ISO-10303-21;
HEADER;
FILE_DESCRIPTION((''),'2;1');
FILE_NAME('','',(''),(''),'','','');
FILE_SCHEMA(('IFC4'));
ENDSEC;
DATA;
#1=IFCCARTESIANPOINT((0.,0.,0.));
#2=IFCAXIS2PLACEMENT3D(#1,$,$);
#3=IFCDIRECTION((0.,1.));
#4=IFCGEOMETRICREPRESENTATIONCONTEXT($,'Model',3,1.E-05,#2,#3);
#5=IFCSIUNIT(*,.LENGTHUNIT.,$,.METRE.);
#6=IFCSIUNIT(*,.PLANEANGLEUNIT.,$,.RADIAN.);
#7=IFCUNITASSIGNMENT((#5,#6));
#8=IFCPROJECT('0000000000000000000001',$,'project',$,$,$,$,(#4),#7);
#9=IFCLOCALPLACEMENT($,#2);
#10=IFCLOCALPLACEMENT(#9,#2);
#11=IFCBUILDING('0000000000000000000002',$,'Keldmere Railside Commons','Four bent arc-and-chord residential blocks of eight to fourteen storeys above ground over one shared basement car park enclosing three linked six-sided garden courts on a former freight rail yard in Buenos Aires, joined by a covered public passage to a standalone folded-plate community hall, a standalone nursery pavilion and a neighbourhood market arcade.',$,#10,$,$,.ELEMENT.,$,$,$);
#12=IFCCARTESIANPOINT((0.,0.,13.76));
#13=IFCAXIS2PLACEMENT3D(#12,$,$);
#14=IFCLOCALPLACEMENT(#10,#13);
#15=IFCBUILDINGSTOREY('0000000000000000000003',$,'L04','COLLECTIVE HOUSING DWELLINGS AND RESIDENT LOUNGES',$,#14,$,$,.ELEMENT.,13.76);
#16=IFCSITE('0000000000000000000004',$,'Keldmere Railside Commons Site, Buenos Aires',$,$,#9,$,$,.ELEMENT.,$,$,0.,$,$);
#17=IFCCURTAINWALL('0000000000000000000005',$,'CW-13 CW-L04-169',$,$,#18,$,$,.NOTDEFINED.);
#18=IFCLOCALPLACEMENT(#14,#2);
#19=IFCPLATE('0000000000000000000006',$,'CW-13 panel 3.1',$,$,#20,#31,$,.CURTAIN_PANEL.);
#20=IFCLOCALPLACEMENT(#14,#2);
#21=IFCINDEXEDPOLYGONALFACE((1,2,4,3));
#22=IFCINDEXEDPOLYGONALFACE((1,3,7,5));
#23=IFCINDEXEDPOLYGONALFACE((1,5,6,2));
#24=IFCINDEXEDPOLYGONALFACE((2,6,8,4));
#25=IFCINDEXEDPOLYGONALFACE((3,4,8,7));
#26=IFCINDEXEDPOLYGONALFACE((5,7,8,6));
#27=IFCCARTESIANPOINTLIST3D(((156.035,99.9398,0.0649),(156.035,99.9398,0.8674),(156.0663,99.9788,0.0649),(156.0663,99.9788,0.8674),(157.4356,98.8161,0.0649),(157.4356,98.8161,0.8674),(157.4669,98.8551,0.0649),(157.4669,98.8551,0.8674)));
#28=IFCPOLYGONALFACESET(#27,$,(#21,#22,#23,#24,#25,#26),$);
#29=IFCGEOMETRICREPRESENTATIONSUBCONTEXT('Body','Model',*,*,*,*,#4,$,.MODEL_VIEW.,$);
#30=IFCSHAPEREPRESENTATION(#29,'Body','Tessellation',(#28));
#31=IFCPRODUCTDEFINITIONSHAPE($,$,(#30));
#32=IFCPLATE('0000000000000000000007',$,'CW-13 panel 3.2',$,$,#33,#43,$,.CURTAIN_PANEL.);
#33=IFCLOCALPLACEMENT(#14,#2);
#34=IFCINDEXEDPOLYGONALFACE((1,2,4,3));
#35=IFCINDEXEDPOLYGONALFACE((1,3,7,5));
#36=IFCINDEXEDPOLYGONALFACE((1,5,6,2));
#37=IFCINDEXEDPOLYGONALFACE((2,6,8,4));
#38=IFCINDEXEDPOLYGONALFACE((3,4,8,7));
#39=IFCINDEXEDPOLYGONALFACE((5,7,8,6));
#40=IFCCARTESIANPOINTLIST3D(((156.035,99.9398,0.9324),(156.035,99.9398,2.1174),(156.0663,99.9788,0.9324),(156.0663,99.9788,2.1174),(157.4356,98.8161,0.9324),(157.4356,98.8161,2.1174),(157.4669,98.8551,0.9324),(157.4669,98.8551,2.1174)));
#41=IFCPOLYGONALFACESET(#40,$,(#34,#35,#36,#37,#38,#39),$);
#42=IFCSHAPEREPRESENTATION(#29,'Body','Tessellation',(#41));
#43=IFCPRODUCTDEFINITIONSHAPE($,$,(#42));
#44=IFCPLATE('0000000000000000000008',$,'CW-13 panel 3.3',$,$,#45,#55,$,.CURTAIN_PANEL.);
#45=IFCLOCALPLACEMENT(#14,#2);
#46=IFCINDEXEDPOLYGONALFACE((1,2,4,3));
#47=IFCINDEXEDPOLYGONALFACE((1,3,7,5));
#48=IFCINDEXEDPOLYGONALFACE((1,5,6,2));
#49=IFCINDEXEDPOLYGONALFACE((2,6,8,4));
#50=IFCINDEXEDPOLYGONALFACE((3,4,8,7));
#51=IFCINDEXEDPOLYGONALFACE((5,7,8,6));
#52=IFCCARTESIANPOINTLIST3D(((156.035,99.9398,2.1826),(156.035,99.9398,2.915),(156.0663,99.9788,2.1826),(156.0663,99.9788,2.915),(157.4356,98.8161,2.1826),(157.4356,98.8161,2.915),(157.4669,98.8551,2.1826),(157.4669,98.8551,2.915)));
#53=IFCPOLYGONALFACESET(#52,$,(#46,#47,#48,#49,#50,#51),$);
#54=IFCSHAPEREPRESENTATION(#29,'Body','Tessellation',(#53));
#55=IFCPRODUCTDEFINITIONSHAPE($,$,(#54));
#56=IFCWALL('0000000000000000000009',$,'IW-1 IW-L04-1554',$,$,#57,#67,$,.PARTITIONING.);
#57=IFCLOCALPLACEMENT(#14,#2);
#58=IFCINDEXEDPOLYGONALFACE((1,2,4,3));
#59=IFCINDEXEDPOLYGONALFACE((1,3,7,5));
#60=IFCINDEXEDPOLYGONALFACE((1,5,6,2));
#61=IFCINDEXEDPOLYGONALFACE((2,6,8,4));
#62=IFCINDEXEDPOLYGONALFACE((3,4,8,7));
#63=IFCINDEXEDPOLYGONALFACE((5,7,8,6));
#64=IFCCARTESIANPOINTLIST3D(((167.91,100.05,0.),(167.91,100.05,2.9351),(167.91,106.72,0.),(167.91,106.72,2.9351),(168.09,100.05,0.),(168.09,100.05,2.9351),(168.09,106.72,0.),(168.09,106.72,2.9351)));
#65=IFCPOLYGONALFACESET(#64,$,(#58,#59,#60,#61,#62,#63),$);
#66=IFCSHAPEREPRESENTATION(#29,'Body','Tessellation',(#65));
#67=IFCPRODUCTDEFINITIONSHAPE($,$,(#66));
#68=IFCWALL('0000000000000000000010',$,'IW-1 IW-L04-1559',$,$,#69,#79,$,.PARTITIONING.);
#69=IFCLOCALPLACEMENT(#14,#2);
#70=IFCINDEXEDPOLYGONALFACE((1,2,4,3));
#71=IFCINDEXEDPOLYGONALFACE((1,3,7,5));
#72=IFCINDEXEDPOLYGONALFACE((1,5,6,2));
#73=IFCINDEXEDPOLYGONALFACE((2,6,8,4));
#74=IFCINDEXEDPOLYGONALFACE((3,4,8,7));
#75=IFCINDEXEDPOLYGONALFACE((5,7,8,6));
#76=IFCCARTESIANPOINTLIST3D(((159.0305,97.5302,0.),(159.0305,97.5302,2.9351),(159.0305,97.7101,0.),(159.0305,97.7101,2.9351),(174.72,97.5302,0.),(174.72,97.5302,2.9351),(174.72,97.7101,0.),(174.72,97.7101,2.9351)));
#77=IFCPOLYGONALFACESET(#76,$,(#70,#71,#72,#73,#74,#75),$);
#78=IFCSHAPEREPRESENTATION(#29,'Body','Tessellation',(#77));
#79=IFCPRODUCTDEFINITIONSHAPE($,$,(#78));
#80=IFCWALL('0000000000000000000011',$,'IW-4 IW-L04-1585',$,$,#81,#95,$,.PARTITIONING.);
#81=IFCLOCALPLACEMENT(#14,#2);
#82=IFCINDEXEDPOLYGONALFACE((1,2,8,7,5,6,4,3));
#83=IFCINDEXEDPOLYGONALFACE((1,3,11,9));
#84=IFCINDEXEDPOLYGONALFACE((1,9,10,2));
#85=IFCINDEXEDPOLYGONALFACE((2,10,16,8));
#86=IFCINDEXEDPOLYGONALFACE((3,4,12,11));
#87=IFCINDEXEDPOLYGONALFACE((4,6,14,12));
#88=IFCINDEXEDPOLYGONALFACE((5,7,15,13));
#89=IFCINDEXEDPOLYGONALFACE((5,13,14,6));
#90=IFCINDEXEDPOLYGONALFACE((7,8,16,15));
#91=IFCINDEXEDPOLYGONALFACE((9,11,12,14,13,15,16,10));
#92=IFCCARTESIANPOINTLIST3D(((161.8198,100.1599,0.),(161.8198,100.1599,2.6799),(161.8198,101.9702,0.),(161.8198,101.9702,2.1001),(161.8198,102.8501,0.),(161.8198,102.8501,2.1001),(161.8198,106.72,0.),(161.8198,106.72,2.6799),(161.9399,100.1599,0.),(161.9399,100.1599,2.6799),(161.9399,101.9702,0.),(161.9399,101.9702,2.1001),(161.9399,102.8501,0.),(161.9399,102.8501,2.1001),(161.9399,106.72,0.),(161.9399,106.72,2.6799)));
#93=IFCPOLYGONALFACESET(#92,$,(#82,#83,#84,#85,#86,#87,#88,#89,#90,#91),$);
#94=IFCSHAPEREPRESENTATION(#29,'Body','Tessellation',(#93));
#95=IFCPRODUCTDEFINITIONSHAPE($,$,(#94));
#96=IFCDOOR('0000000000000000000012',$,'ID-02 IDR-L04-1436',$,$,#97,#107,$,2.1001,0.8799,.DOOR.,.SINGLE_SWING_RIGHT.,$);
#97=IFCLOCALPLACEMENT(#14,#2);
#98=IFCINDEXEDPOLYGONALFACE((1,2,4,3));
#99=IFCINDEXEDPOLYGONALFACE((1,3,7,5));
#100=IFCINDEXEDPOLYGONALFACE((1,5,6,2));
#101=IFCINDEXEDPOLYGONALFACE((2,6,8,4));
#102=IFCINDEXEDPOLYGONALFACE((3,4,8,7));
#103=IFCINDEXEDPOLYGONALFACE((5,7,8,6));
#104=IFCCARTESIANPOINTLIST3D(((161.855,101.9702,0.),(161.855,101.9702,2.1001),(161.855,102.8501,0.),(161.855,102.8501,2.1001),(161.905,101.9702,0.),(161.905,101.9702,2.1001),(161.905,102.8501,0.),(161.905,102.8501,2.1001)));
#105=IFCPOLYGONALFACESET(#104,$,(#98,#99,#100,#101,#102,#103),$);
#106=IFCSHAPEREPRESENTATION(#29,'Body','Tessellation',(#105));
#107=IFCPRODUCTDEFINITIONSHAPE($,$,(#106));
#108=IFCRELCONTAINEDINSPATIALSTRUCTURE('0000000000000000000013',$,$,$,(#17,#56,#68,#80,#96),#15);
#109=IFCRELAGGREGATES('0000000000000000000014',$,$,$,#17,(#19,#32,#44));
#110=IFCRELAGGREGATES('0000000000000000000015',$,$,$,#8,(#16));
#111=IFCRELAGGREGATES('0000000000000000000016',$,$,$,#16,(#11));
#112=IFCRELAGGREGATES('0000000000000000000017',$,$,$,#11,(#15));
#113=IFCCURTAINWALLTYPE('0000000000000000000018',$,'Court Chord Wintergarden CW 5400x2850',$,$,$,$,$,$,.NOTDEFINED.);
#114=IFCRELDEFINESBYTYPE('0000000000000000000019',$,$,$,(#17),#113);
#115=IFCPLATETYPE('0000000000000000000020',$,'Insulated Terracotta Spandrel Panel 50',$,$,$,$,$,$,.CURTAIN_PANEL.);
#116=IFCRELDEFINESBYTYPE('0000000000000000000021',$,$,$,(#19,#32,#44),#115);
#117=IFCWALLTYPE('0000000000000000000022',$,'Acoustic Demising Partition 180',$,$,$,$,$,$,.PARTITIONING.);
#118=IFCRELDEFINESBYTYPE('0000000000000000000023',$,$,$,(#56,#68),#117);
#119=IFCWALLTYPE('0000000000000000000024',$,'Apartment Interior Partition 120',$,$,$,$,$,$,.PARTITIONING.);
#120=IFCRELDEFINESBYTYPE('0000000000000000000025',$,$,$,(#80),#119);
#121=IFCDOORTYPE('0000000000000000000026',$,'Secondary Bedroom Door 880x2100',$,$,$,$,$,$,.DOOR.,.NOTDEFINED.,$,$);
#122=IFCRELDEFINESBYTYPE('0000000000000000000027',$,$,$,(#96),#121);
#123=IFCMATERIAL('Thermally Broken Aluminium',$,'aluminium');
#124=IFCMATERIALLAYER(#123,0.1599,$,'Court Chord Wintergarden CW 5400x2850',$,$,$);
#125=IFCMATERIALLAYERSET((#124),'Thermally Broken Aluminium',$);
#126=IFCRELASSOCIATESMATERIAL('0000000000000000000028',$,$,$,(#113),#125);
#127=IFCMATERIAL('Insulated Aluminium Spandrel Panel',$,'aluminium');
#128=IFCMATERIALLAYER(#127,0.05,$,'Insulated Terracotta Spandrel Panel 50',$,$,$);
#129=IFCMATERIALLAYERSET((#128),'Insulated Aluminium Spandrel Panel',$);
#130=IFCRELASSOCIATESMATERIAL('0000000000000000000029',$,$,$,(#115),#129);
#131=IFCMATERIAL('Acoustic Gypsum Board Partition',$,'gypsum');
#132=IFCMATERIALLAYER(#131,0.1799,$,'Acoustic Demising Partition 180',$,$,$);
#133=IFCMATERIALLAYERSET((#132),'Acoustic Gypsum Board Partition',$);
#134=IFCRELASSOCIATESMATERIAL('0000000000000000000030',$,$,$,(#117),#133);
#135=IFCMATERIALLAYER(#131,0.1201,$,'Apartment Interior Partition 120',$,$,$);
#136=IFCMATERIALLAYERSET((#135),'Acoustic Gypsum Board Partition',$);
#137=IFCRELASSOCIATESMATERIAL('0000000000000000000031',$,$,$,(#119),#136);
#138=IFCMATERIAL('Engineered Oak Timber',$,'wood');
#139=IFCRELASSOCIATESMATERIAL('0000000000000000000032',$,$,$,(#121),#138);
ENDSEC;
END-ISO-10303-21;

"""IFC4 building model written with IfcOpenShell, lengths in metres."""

from ifc_helpers import new_model, si_unit, direction, frame, frame_2d, origin, origin_2d, place, context, subcontext, project, spatial, rectangle, extrude, material, layer, layer_set, type_object, element, fill, aggregate, save


model = new_model("IFC4")

# Units and contexts
model_context = context("Model", 3, precision=1e-05, world=origin(), true_north=direction((0.0, 1.0)))
body_context = subcontext(model_context, "Body", "Model", "MODEL_VIEW")
ifc_project = project(units=[si_unit("LENGTHUNIT", "METRE"), si_unit("PLANEANGLEUNIT", "RADIAN")], contexts=[model_context])

# Site, building, storey
site_placement = place(None, origin())
site = spatial("IfcSite", under=ifc_project, at=site_placement, Name="Keldmere Railside Commons Site, Buenos Aires", CompositionType="ELEMENT", RefElevation=0.0)
building_placement = place(site_placement, origin())
building = spatial("IfcBuilding", under=site, at=building_placement, Name="Keldmere Railside Commons", Description="Four bent arc-and-chord residential blocks of eight to fourteen storeys above ground over one shared basement car park enclosing three linked six-sided garden courts on a former freight rail yard in Buenos Aires, joined by a covered public passage to a standalone folded-plate community hall, a standalone nursery pavilion and a neighbourhood market arcade.", CompositionType="ELEMENT")
storey_placement = place(building_placement, frame((0.0, 0.0, 13.76)))
storey = spatial("IfcBuildingStorey", under=building, at=storey_placement, Name="L04", Description="COLLECTIVE HOUSING DWELLINGS AND RESIDENT LOUNGES", CompositionType="ELEMENT", Elevation=13.76)

# Curtain wall, plates
ifc_material_1 = material(Name="Thermally Broken Aluminium", Category="aluminium")
ifc_layer_1 = layer(ifc_material_1, 0.1599, Name="Court Chord Wintergarden CW 5400x2850")
ifc_layer_set_1 = layer_set([ifc_layer_1], Name="Thermally Broken Aluminium")
curtain_wall_type = type_object("IfcCurtainWallType", Name="Court Chord Wintergarden CW 5400x2850", PredefinedType="NOTDEFINED", material=ifc_layer_set_1)
curtain_wall_placement = place(storey_placement, origin())
curtain_wall = element("IfcCurtainWall", 1, at=curtain_wall_placement, inside=storey, type_object=curtain_wall_type, Name="CW-13 CW-L04-169", PredefinedType="NOTDEFINED")
ifc_material_2 = material(Name="Insulated Aluminium Spandrel Panel", Category="aluminium")
ifc_layer_2 = layer(ifc_material_2, 0.05, Name="Insulated Terracotta Spandrel Panel 50")
ifc_layer_set_2 = layer_set([ifc_layer_2], Name="Insulated Aluminium Spandrel Panel")
plate_type = type_object("IfcPlateType", Name="Insulated Terracotta Spandrel Panel 50", PredefinedType="CURTAIN_PANEL", material=ifc_layer_set_2)
plate_1_placement = place(storey_placement, frame((156.751, 99.3975, 0.0649), z_axis=(0.0, 0.0, 1.0), x_axis=(-0.780009, 0.625768, 0.0)))
plate_1 = element("IfcPlate", 2, at=plate_1_placement, type_object=plate_type, Name="CW-13 panel 3.1", PredefinedType="CURTAIN_PANEL", context=body_context, shape_type="SweptSolid", body=[
    extrude(rectangle(XDim=1.7957, YDim=0.05, at=origin_2d()), origin(), (0.0, 0.0, 1.0), 0.8025),
])
plate_2_placement = place(storey_placement, frame((156.751, 99.3975, 0.9324), z_axis=(0.0, 0.0, 1.0), x_axis=(-0.780009, 0.625768, 0.0)))
plate_2 = element("IfcPlate", 3, at=plate_2_placement, type_object=plate_type, Name="CW-13 panel 3.2", PredefinedType="CURTAIN_PANEL", context=body_context, shape_type="SweptSolid", body=[
    extrude(rectangle(XDim=1.7957, YDim=0.05, at=origin_2d()), origin(), (0.0, 0.0, 1.0), 1.1851),
])
plate_3_placement = place(storey_placement, frame((156.751, 99.3975, 2.1826), z_axis=(0.0, 0.0, 1.0), x_axis=(-0.780009, 0.625768, 0.0)))
plate_3 = element("IfcPlate", 4, at=plate_3_placement, type_object=plate_type, Name="CW-13 panel 3.3", PredefinedType="CURTAIN_PANEL", context=body_context, shape_type="SweptSolid", body=[
    extrude(rectangle(XDim=1.7957, YDim=0.05, at=origin_2d()), origin(), (0.0, 0.0, 1.0), 0.7324),
])
aggregate(curtain_wall, [plate_1, plate_2, plate_3])

# Walls
ifc_material_3 = material(Name="Acoustic Gypsum Board Partition", Category="gypsum")
ifc_layer_3 = layer(ifc_material_3, 0.1799, Name="Acoustic Demising Partition 180")
ifc_layer_set_3 = layer_set([ifc_layer_3], Name="Acoustic Gypsum Board Partition")
wall_type_1 = type_object("IfcWallType", Name="Acoustic Demising Partition 180", PredefinedType="PARTITIONING", material=ifc_layer_set_3)
wall_1_placement = place(storey_placement, frame((168.0, 100.05, 0.0), z_axis=(0.0, 0.0, 1.0), x_axis=(0.0, 1.0, 0.0)))
element("IfcWall", 5, at=wall_1_placement, inside=storey, type_object=wall_type_1, Name="IW-1 IW-L04-1554", PredefinedType="PARTITIONING", context=body_context, shape_type="SweptSolid", body=[
    extrude(rectangle(XDim=6.6699, YDim=0.1799, at=frame_2d((3.335, 0.0))), origin(), (0.0, 0.0, 1.0), 2.9351),
])
wall_2_placement = place(storey_placement, frame((159.0305, 97.6201, 0.0), z_axis=(0.0, 0.0, 1.0), x_axis=(1.0, 0.0, 0.0)))
element("IfcWall", 6, at=wall_2_placement, inside=storey, type_object=wall_type_1, Name="IW-1 IW-L04-1559", PredefinedType="PARTITIONING", context=body_context, shape_type="SweptSolid", body=[
    extrude(rectangle(XDim=15.6895, YDim=0.1799, at=frame_2d((7.8447, 0.0))), origin(), (0.0, 0.0, 1.0), 2.9351),
])

# Wall, opening, door
ifc_layer_4 = layer(ifc_material_3, 0.1201, Name="Apartment Interior Partition 120")
ifc_layer_set_4 = layer_set([ifc_layer_4], Name="Acoustic Gypsum Board Partition")
wall_type_2 = type_object("IfcWallType", Name="Apartment Interior Partition 120", PredefinedType="PARTITIONING", material=ifc_layer_set_4)
wall_3_placement = place(storey_placement, frame((161.8799, 100.1599, 0.0), z_axis=(0.0, 0.0, 1.0), x_axis=(0.0, 1.0, 0.0)))
wall_3 = element("IfcWall", 7, at=wall_3_placement, inside=storey, type_object=wall_type_2, Name="IW-4 IW-L04-1585", PredefinedType="PARTITIONING", context=body_context, shape_type="SweptSolid", body=[
    extrude(rectangle(XDim=6.5601, YDim=0.1201, at=frame_2d((3.28, 0.0))), origin(), (0.0, 0.0, 1.0), 2.6799),
])
opening_placement = place(wall_3_placement, frame((1.8103, 0.0, 0.0)))
opening = element("IfcOpeningElement", 8, at=opening_placement, cuts=wall_3, PredefinedType="OPENING", context=body_context, shape_type="SweptSolid", body=[
    extrude(rectangle(XDim=0.8799, YDim=2.1001, at=frame_2d((0.4399, 1.05))), frame((0.0, 0.0701, 0.0), z_axis=(0.0, -1.0, 0.0), x_axis=(1.0, 0.0, 0.0)), (0.0, 0.0, 1.0), 0.1401),
])
ifc_material_4 = material(Name="Engineered Oak Timber", Category="wood")
door_type = type_object("IfcDoorType", Name="Secondary Bedroom Door 880x2100", OperationType="NOTDEFINED", PredefinedType="DOOR", material=ifc_material_4)
door_placement = place(opening_placement, origin())
door = element("IfcDoor", 9, at=door_placement, inside=storey, type_object=door_type, Name="ID-02 IDR-L04-1436", OperationType="SINGLE_SWING_RIGHT", OverallHeight=2.1001, OverallWidth=0.8799, PredefinedType="DOOR", context=body_context, shape_type="SweptSolid", body=[
    extrude(rectangle(XDim=0.8799, YDim=2.1001, at=frame_2d((0.4399, 1.05))), frame((0.0, 0.0249, 0.0), z_axis=(0.0, -1.0, 0.0), x_axis=(1.0, 0.0, 0.0)), (0.0, 0.0, 1.0), 0.05),
])
fill(opening, door)

save(model, "model.ifc")
